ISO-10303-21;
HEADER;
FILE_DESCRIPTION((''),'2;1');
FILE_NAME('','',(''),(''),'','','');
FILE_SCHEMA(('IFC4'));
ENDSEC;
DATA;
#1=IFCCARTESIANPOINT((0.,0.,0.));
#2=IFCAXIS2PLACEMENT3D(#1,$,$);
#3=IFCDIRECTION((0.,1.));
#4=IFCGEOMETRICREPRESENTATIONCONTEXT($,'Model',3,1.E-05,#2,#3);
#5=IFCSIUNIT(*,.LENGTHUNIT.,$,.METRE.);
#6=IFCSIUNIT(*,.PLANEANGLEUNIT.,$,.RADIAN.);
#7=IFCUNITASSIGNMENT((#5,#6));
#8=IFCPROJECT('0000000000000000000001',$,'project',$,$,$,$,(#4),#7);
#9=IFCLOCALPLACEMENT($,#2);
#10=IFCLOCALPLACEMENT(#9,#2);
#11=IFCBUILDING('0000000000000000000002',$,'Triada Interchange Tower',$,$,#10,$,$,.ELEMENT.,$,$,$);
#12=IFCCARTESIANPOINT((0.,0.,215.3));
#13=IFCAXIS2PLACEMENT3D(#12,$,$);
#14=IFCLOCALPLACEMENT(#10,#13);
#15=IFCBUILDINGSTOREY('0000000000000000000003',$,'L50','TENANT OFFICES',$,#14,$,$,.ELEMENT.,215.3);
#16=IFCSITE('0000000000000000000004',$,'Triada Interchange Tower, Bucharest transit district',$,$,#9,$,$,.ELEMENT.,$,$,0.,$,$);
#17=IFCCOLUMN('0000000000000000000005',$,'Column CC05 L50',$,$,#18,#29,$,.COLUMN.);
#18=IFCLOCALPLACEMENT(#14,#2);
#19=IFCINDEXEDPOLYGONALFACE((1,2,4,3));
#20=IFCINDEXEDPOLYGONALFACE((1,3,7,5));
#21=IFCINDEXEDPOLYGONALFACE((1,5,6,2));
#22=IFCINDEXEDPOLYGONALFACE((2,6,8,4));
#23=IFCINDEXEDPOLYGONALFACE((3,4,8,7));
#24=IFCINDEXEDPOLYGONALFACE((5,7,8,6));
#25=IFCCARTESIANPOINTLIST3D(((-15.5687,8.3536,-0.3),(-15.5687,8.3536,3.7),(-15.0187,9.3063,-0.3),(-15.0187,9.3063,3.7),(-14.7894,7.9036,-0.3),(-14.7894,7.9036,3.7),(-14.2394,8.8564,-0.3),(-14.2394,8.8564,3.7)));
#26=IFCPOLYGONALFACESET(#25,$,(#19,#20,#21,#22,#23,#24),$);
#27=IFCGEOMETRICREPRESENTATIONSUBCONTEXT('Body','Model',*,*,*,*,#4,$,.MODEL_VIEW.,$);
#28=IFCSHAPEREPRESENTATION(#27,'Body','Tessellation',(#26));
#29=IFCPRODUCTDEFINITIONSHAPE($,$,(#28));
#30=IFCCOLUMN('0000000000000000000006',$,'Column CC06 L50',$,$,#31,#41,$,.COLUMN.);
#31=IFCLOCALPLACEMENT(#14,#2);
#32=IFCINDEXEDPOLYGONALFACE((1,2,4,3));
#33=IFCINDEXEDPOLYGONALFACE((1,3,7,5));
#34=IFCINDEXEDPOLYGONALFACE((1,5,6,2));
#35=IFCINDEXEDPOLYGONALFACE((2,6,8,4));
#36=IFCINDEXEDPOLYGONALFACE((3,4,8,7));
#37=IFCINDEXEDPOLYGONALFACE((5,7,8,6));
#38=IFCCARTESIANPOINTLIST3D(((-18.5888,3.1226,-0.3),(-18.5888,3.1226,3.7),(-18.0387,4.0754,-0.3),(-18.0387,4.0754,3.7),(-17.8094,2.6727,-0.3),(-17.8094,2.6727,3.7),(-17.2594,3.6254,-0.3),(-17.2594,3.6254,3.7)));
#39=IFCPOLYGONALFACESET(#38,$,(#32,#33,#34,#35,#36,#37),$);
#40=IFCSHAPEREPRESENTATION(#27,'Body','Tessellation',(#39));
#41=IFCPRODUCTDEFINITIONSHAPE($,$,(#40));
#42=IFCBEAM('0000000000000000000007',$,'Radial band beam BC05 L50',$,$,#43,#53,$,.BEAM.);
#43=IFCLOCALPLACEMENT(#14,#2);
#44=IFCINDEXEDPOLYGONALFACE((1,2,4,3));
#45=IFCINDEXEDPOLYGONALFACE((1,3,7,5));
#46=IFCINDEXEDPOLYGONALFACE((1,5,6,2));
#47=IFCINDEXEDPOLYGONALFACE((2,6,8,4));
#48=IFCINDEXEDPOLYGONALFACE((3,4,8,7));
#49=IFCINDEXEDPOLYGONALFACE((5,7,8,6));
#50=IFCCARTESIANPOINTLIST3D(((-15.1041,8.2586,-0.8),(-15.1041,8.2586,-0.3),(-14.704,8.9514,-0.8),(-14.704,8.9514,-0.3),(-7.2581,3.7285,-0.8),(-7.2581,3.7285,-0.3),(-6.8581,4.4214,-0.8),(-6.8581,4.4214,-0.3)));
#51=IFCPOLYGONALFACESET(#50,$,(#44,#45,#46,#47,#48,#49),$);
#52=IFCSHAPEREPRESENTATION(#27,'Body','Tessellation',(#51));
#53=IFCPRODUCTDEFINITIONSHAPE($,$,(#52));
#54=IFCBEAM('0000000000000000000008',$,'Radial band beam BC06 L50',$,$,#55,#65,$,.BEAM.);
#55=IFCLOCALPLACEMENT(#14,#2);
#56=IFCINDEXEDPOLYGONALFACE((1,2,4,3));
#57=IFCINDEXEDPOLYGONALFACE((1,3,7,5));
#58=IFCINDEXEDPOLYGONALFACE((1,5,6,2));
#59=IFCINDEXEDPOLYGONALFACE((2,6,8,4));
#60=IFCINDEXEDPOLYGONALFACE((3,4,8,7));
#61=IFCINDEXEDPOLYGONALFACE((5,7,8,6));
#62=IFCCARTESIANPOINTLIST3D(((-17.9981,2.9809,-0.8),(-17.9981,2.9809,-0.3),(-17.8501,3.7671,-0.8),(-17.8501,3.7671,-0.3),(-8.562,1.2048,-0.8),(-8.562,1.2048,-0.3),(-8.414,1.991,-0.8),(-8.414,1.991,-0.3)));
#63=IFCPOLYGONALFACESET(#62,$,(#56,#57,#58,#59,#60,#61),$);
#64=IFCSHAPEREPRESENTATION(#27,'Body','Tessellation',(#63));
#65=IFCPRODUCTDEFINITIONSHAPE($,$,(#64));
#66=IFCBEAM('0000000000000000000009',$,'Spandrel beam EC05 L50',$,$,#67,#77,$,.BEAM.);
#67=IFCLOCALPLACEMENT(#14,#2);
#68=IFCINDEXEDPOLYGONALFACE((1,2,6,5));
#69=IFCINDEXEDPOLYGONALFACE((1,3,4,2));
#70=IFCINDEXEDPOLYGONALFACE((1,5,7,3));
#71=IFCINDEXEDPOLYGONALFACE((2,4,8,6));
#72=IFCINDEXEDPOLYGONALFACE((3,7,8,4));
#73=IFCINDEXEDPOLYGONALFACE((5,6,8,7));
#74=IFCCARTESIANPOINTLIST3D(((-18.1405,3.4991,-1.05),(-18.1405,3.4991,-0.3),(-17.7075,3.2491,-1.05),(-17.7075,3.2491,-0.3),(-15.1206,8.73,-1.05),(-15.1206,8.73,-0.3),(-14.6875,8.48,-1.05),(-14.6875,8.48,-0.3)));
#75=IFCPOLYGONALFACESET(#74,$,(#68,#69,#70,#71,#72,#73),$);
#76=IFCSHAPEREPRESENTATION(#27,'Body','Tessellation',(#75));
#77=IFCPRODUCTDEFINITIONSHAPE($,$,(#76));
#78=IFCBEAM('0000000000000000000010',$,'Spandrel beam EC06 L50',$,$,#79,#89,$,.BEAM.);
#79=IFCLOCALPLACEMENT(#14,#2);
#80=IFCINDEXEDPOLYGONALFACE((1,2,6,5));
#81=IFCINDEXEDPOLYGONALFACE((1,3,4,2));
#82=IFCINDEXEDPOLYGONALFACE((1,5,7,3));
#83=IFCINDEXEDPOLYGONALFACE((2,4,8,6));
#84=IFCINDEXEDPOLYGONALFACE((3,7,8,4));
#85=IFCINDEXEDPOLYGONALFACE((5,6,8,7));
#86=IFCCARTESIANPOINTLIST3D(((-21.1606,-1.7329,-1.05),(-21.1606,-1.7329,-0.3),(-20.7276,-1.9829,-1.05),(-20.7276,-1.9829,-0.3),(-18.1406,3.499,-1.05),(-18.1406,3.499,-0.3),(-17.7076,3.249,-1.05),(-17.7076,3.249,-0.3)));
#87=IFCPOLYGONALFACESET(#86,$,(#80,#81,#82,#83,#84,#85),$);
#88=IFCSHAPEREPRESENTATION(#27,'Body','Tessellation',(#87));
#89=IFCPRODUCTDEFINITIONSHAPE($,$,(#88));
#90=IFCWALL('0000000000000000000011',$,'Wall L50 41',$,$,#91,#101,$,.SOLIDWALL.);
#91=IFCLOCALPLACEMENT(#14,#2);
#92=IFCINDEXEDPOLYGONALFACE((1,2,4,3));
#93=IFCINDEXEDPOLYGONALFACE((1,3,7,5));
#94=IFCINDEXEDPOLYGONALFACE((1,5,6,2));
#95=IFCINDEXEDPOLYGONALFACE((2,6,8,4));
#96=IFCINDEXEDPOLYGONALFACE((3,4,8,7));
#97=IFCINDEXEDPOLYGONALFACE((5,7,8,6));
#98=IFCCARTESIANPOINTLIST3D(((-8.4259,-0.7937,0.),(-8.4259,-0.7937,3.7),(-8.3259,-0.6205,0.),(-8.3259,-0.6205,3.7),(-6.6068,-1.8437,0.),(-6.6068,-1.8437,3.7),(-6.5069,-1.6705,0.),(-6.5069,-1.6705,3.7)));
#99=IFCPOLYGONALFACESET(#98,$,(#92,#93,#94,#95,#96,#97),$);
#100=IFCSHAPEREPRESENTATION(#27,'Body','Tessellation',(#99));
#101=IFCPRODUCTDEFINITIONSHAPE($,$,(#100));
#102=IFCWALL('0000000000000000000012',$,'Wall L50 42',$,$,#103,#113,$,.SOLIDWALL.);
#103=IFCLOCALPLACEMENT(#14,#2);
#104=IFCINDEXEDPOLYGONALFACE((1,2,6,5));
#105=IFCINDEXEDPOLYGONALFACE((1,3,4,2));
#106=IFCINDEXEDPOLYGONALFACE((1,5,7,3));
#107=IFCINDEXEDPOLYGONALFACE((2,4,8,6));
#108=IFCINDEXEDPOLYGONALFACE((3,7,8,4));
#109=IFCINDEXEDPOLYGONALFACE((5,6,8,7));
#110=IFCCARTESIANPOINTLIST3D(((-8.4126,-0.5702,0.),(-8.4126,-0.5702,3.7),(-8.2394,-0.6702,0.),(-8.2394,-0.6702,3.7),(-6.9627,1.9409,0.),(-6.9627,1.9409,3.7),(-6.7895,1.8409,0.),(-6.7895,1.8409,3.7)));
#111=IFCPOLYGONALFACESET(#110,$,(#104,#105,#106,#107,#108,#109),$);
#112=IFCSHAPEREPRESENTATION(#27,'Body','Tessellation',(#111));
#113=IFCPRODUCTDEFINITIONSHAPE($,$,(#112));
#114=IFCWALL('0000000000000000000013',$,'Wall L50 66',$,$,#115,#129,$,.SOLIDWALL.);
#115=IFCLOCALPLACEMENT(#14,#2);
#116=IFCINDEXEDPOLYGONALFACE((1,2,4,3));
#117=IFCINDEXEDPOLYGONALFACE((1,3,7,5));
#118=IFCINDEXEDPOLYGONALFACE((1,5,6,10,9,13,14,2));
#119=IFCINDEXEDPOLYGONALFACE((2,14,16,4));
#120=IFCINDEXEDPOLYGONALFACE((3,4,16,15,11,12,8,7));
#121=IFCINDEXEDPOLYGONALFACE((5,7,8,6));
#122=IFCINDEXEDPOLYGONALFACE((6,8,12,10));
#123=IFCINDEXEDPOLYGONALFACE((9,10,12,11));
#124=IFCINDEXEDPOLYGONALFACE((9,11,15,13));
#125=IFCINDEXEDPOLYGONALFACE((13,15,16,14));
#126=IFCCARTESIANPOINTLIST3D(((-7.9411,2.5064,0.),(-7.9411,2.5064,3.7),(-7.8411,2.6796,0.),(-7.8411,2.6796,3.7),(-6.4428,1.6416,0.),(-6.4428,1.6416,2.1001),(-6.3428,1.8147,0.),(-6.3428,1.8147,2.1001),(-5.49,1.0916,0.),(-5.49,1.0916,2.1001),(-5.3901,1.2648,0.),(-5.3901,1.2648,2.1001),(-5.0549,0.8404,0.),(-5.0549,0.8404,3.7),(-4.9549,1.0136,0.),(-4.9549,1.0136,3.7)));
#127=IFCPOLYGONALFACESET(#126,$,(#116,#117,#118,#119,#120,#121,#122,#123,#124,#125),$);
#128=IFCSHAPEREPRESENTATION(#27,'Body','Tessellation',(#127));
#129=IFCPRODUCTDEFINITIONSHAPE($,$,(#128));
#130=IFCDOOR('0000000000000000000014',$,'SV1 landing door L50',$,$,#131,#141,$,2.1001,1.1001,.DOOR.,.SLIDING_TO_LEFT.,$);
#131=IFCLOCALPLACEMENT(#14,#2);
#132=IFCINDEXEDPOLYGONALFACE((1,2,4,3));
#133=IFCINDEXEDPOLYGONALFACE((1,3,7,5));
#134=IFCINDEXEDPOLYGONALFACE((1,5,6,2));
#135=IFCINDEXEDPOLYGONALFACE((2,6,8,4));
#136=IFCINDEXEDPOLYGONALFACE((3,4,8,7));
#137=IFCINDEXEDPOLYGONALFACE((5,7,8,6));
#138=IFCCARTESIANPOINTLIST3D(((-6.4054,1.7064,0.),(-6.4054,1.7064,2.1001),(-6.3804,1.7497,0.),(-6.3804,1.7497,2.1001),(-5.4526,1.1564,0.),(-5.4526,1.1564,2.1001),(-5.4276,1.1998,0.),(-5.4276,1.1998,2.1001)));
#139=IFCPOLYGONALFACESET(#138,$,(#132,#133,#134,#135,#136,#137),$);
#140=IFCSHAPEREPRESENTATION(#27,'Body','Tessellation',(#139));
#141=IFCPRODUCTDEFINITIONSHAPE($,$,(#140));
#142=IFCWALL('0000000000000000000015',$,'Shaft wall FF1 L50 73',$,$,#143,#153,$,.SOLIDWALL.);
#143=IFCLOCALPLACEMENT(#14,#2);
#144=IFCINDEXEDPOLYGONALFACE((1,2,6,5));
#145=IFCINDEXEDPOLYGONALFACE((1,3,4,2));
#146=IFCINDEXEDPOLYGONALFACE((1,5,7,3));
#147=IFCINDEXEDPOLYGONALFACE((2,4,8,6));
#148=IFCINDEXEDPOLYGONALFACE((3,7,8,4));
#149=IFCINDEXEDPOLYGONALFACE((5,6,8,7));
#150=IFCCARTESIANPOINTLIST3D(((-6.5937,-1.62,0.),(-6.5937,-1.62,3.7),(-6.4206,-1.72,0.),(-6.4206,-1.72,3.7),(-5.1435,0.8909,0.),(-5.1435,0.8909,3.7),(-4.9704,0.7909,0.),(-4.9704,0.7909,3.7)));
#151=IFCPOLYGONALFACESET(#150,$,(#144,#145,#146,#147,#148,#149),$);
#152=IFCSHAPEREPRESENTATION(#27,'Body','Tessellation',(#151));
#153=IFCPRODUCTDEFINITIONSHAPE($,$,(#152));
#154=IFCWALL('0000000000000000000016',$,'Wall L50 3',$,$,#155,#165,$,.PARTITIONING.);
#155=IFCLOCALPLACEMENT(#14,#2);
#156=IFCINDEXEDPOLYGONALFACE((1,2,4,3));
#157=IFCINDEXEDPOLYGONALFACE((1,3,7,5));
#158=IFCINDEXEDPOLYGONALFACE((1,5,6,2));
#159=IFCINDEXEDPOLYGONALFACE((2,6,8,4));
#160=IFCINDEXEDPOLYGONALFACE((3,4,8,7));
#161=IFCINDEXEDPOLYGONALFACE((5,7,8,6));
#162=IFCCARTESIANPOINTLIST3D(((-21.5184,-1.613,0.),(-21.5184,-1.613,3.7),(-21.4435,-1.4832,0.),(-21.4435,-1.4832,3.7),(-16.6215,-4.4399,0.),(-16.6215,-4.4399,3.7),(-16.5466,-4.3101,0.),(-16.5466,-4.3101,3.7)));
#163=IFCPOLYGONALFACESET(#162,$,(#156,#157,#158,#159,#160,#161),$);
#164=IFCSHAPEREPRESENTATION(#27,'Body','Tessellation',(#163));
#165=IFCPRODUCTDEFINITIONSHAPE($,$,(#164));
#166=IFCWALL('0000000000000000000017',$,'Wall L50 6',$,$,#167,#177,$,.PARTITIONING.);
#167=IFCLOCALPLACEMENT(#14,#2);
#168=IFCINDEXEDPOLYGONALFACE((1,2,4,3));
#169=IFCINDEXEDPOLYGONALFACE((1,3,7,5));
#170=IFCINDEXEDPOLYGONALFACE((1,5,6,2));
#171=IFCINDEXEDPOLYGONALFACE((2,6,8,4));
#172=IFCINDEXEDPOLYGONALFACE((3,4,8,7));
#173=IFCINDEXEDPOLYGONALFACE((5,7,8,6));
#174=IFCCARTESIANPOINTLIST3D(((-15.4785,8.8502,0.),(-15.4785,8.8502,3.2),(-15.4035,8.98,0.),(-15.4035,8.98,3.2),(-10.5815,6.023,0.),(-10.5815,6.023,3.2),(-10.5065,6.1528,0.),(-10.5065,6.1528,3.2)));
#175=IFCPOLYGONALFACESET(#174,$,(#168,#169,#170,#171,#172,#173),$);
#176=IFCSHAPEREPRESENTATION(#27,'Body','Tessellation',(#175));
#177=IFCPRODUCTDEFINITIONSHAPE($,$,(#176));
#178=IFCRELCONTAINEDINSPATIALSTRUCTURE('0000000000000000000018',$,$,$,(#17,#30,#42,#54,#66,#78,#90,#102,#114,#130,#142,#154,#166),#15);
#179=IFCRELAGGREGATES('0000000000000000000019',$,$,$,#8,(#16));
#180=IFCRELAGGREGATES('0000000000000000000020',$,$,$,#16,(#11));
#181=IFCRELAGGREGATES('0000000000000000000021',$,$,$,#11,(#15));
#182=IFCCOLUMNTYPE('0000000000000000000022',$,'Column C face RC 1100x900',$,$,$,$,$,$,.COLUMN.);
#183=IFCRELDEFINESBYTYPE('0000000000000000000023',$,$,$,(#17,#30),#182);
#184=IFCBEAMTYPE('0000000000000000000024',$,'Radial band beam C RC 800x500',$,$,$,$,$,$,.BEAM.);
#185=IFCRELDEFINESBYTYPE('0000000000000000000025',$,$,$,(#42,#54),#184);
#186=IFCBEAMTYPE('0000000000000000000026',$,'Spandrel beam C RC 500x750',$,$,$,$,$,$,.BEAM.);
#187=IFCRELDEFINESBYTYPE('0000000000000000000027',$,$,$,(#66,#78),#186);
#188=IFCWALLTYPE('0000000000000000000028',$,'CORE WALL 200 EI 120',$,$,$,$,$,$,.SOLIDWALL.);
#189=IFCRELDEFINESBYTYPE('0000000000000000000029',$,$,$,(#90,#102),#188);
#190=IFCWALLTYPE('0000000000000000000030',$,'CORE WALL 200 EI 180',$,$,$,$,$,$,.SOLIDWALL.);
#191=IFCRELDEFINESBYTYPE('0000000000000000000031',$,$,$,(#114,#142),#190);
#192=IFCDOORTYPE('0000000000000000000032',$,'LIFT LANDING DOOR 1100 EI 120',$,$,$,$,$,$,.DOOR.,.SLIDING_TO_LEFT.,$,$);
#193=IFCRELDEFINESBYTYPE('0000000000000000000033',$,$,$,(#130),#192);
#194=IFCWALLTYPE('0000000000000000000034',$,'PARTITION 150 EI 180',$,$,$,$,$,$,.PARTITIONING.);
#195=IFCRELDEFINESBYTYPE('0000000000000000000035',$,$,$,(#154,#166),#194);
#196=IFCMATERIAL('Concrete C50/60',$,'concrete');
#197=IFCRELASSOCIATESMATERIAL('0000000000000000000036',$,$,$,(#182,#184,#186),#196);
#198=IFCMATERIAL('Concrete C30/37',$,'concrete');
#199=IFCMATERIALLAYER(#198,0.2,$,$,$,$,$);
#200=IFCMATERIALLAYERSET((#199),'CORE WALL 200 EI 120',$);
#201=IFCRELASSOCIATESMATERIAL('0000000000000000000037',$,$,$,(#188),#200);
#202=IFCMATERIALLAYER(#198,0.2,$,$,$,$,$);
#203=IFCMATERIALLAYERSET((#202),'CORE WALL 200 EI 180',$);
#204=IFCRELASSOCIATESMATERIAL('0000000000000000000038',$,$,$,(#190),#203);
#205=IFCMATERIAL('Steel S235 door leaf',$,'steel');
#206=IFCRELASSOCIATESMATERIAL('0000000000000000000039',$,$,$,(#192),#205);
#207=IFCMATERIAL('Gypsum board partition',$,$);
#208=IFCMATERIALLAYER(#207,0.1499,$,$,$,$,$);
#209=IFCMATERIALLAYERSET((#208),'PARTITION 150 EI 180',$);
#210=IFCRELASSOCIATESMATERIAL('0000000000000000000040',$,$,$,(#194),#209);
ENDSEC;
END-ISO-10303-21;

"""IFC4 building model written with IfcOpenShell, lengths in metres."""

from ifc_helpers import new_model, si_unit, direction, frame, frame_2d, origin, origin_2d, place, context, subcontext, project, spatial, rectangle, extrude, material, layer, layer_set, material_profile, profile_set, type_object, element, fill, save


model = new_model("IFC4")

# Units and contexts
model_context = context("Model", 3, precision=1e-05, world=origin(), true_north=direction((0.0, 1.0)))
body_context = subcontext(model_context, "Body", "Model", "MODEL_VIEW")
ifc_project = project(units=[si_unit("LENGTHUNIT", "METRE"), si_unit("PLANEANGLEUNIT", "RADIAN")], contexts=[model_context])

# Site, building, storey
site_placement = place(None, origin())
site = spatial("IfcSite", under=ifc_project, at=site_placement, Name="Triada Interchange Tower, Bucharest transit district", CompositionType="ELEMENT", RefElevation=0.0)
building_placement = place(site_placement, origin())
building = spatial("IfcBuilding", under=site, at=building_placement, Name="Triada Interchange Tower", CompositionType="ELEMENT")
storey_placement = place(building_placement, frame((0.0, 0.0, 215.3)))
storey = spatial("IfcBuildingStorey", under=building, at=storey_placement, Name="L50", Description="TENANT OFFICES", CompositionType="ELEMENT", Elevation=215.3)

# Columns
ifc_material_1 = material(Name="Concrete C50/60", Category="concrete")
ifc_material_profile_1 = material_profile(ifc_material_1, rectangle(XDim=1.1001, YDim=0.8999, at=origin_2d()), Name="RC 1100x900")
ifc_profile_set_1 = profile_set([ifc_material_profile_1], Name="Concrete C50/60")
column_type = type_object("IfcColumnType", Name="Column C face RC 1100x900", PredefinedType="COLUMN", material=ifc_profile_set_1)
for number, where, z_axis, x_axis, name in (
    (1, (-14.9041, 8.605, -0.3), (0.0, 0.0, 1.0), (0.5, 0.866025, 0.0), "Column CC05 L50"),
    (2, (-17.9241, 3.374, -0.3), (0.0, 0.0, 1.0), (0.5, 0.866025, 0.0), "Column CC06 L50"),
):
    element("IfcColumn", number, at=place(storey_placement, frame(where, z_axis=z_axis, x_axis=x_axis)), inside=storey, type_object=column_type, Name=name, PredefinedType="COLUMN", context=body_context, shape_type="SweptSolid", body=[
        extrude(rectangle(XDim=1.1001, YDim=0.8999, at=origin_2d()), origin(), (0.0, 0.0, 1.0), 4.0),
    ])

# Beams
ifc_material_profile_2 = material_profile(ifc_material_1, rectangle(XDim=0.8, YDim=0.5, at=origin_2d()), Name="RC 800x500")
ifc_profile_set_2 = profile_set([ifc_material_profile_2], Name="Concrete C50/60")
beam_type_1 = type_object("IfcBeamType", Name="Radial band beam C RC 800x500", PredefinedType="BEAM", material=ifc_profile_set_2)
beam_1_placement = place(storey_placement, frame((-14.9041, 8.605, -0.55), z_axis=(0.866017, -0.500014, 0.0), x_axis=(0.500014, 0.866017, 0.0)))
element("IfcBeam", 3, at=beam_1_placement, inside=storey, type_object=beam_type_1, Name="Radial band beam BC05 L50", PredefinedType="BEAM", context=body_context, shape_type="SweptSolid", body=[
    extrude(rectangle(XDim=0.8, YDim=0.5, at=origin_2d()), origin(), (0.0, 0.0, 1.0), 9.0598),
])
beam_2_placement = place(storey_placement, frame((-17.9241, 3.374, -0.55), z_axis=(0.982742, -0.184979, 0.0), x_axis=(0.184979, 0.982742, 0.0)))
element("IfcBeam", 4, at=beam_2_placement, inside=storey, type_object=beam_type_1, Name="Radial band beam BC06 L50", PredefinedType="BEAM", context=body_context, shape_type="SweptSolid", body=[
    extrude(rectangle(XDim=0.8, YDim=0.5, at=origin_2d()), origin(), (0.0, 0.0, 1.0), 9.6018),
])
ifc_material_profile_3 = material_profile(ifc_material_1, rectangle(XDim=0.5, YDim=0.75, at=origin_2d()), Name="RC 500x750")
ifc_profile_set_3 = profile_set([ifc_material_profile_3], Name="Concrete C50/60")
beam_type_2 = type_object("IfcBeamType", Name="Spandrel beam C RC 500x750", PredefinedType="BEAM", material=ifc_profile_set_3)
beam_3_placement = place(storey_placement, frame((-14.9041, 8.605, -0.675), z_axis=(-0.499991, -0.866031, 0.0), x_axis=(0.866031, -0.499991, 0.0)))
element("IfcBeam", 5, at=beam_3_placement, inside=storey, type_object=beam_type_2, Name="Spandrel beam EC05 L50", PredefinedType="BEAM", context=body_context, shape_type="SweptSolid", body=[
    extrude(rectangle(XDim=0.5, YDim=0.75, at=origin_2d()), origin(), (0.0, 0.0, 1.0), 6.04),
])
beam_4_placement = place(storey_placement, frame((-17.9241, 3.374, -0.675), z_axis=(-0.499921, -0.866071, 0.0), x_axis=(0.866071, -0.499921, 0.0)))
element("IfcBeam", 6, at=beam_4_placement, inside=storey, type_object=beam_type_2, Name="Spandrel beam EC06 L50", PredefinedType="BEAM", context=body_context, shape_type="SweptSolid", body=[
    extrude(rectangle(XDim=0.5, YDim=0.75, at=origin_2d()), origin(), (0.0, 0.0, 1.0), 6.041),
])

# Walls
ifc_material_2 = material(Name="Concrete C30/37", Category="concrete")
ifc_layer_1 = layer(ifc_material_2, 0.2)
ifc_layer_set_1 = layer_set([ifc_layer_1], Name="CORE WALL 200 EI 120")
wall_type_1 = type_object("IfcWallType", Name="CORE WALL 200 EI 120", PredefinedType="SOLIDWALL", material=ifc_layer_set_1)
wall_1_placement = place(storey_placement, frame((-8.376, -0.707, 0.0), z_axis=(0.0, 0.0, 1.0), x_axis=(0.866068, -0.499927, 0.0)))
element("IfcWall", 7, at=wall_1_placement, inside=storey, type_object=wall_type_1, Name="Wall L50 41", PredefinedType="SOLIDWALL", context=body_context, shape_type="SweptSolid", body=[
    extrude(rectangle(XDim=2.1003, YDim=0.2, at=frame_2d((1.0503, 0.0))), origin(), (0.0, 0.0, 1.0), 3.7),
])
wall_2_placement = place(storey_placement, frame((-8.3259, -0.6201, 0.0), z_axis=(0.0, 0.0, 1.0), x_axis=(0.500024, 0.866012, 0.0)))
element("IfcWall", 8, at=wall_2_placement, inside=storey, type_object=wall_type_1, Name="Wall L50 42", PredefinedType="SOLIDWALL", context=body_context, shape_type="SweptSolid", body=[
    extrude(rectangle(XDim=2.8997, YDim=0.2, at=frame_2d((1.4497, 0.0))), origin(), (0.0, 0.0, 1.0), 3.7),
])

# Wall, opening, door
ifc_layer_2 = layer(ifc_material_2, 0.2)
ifc_layer_set_2 = layer_set([ifc_layer_2], Name="CORE WALL 200 EI 180")
wall_type_2 = type_object("IfcWallType", Name="CORE WALL 200 EI 180", PredefinedType="SOLIDWALL", material=ifc_layer_set_2)
wall_3_placement = place(storey_placement, frame((-7.8911, 2.593, 0.0), z_axis=(0.0, 0.0, 1.0), x_axis=(0.866071, -0.499921, 0.0)))
wall_3 = element("IfcWall", 9, at=wall_3_placement, inside=storey, type_object=wall_type_2, Name="Wall L50 66", PredefinedType="SOLIDWALL", context=body_context, shape_type="SweptSolid", body=[
    extrude(rectangle(XDim=3.3325, YDim=0.2, at=frame_2d((1.6663, 0.0))), origin(), (0.0, 0.0, 1.0), 3.7),
])
opening_placement = place(wall_3_placement, frame((1.73, 0.0, 0.0)))
opening = element("IfcOpeningElement", 10, at=opening_placement, cuts=wall_3, PredefinedType="OPENING", context=body_context, shape_type="SweptSolid", body=[
    extrude(rectangle(XDim=1.1001, YDim=2.1001, at=frame_2d((0.55, 1.05))), frame((0.0, 0.1099, 0.0), z_axis=(0.0, -1.0, 0.0), x_axis=(1.0, 0.0, 0.0)), (0.0, 0.0, 1.0), 0.22),
])
ifc_material_3 = material(Name="Steel S235 door leaf", Category="steel")
door_type = type_object("IfcDoorType", Name="LIFT LANDING DOOR 1100 EI 120", OperationType="SLIDING_TO_LEFT", PredefinedType="DOOR", material=ifc_material_3)
door_placement = place(opening_placement, origin())
door = element("IfcDoor", 11, at=door_placement, inside=storey, type_object=door_type, Name="SV1 landing door L50", OperationType="SLIDING_TO_LEFT", OverallHeight=2.1001, OverallWidth=1.1001, PredefinedType="DOOR", context=body_context, shape_type="SweptSolid", body=[
    extrude(rectangle(XDim=1.1001, YDim=2.1001, at=frame_2d((0.55, 1.05))), frame((0.0, 0.0249, 0.0), z_axis=(0.0, -1.0, 0.0), x_axis=(1.0, 0.0, 0.0)), (0.0, 0.0, 1.0), 0.05),
])
fill(opening, door)

# Walls
wall_4_placement = place(storey_placement, frame((-6.5071, -1.6699, 0.0), z_axis=(0.0, 0.0, 1.0), x_axis=(0.500123, 0.865954, 0.0)))
element("IfcWall", 12, at=wall_4_placement, inside=storey, type_object=wall_type_2, Name="Shaft wall FF1 L50 73", PredefinedType="SOLIDWALL", context=body_context, shape_type="SweptSolid", body=[
    extrude(rectangle(XDim=2.8997, YDim=0.2, at=frame_2d((1.4497, 0.0))), origin(), (0.0, 0.0, 1.0), 3.7),
])
ifc_material_4 = material(Name="Gypsum board partition")
ifc_layer_3 = layer(ifc_material_4, 0.1499)
ifc_layer_set_3 = layer_set([ifc_layer_3], Name="PARTITION 150 EI 180")
wall_type_3 = type_object("IfcWallType", Name="PARTITION 150 EI 180", PredefinedType="PARTITIONING", material=ifc_layer_set_3)
wall_5_placement = place(storey_placement, frame((-21.481, -1.5481, 0.0), z_axis=(0.0, 0.0, 1.0), x_axis=(0.866053, -0.499952, 0.0)))
element("IfcWall", 13, at=wall_5_placement, inside=storey, type_object=wall_type_3, Name="Wall L50 3", PredefinedType="PARTITIONING", context=body_context, shape_type="SweptSolid", body=[
    extrude(rectangle(XDim=5.6543, YDim=0.1499, at=frame_2d((2.8271, 0.0))), origin(), (0.0, 0.0, 1.0), 3.7),
])
wall_6_placement = place(storey_placement, frame((-15.4409, 8.915, 0.0), z_axis=(0.0, 0.0, 1.0), x_axis=(0.866035, -0.499984, 0.0)))
element("IfcWall", 14, at=wall_6_placement, inside=storey, type_object=wall_type_3, Name="Wall L50 6", PredefinedType="PARTITIONING", context=body_context, shape_type="SweptSolid", body=[
    extrude(rectangle(XDim=5.6545, YDim=0.1499, at=frame_2d((2.8271, 0.0))), origin(), (0.0, 0.0, 1.0), 3.2),
])

save(model, "model.ifc")
